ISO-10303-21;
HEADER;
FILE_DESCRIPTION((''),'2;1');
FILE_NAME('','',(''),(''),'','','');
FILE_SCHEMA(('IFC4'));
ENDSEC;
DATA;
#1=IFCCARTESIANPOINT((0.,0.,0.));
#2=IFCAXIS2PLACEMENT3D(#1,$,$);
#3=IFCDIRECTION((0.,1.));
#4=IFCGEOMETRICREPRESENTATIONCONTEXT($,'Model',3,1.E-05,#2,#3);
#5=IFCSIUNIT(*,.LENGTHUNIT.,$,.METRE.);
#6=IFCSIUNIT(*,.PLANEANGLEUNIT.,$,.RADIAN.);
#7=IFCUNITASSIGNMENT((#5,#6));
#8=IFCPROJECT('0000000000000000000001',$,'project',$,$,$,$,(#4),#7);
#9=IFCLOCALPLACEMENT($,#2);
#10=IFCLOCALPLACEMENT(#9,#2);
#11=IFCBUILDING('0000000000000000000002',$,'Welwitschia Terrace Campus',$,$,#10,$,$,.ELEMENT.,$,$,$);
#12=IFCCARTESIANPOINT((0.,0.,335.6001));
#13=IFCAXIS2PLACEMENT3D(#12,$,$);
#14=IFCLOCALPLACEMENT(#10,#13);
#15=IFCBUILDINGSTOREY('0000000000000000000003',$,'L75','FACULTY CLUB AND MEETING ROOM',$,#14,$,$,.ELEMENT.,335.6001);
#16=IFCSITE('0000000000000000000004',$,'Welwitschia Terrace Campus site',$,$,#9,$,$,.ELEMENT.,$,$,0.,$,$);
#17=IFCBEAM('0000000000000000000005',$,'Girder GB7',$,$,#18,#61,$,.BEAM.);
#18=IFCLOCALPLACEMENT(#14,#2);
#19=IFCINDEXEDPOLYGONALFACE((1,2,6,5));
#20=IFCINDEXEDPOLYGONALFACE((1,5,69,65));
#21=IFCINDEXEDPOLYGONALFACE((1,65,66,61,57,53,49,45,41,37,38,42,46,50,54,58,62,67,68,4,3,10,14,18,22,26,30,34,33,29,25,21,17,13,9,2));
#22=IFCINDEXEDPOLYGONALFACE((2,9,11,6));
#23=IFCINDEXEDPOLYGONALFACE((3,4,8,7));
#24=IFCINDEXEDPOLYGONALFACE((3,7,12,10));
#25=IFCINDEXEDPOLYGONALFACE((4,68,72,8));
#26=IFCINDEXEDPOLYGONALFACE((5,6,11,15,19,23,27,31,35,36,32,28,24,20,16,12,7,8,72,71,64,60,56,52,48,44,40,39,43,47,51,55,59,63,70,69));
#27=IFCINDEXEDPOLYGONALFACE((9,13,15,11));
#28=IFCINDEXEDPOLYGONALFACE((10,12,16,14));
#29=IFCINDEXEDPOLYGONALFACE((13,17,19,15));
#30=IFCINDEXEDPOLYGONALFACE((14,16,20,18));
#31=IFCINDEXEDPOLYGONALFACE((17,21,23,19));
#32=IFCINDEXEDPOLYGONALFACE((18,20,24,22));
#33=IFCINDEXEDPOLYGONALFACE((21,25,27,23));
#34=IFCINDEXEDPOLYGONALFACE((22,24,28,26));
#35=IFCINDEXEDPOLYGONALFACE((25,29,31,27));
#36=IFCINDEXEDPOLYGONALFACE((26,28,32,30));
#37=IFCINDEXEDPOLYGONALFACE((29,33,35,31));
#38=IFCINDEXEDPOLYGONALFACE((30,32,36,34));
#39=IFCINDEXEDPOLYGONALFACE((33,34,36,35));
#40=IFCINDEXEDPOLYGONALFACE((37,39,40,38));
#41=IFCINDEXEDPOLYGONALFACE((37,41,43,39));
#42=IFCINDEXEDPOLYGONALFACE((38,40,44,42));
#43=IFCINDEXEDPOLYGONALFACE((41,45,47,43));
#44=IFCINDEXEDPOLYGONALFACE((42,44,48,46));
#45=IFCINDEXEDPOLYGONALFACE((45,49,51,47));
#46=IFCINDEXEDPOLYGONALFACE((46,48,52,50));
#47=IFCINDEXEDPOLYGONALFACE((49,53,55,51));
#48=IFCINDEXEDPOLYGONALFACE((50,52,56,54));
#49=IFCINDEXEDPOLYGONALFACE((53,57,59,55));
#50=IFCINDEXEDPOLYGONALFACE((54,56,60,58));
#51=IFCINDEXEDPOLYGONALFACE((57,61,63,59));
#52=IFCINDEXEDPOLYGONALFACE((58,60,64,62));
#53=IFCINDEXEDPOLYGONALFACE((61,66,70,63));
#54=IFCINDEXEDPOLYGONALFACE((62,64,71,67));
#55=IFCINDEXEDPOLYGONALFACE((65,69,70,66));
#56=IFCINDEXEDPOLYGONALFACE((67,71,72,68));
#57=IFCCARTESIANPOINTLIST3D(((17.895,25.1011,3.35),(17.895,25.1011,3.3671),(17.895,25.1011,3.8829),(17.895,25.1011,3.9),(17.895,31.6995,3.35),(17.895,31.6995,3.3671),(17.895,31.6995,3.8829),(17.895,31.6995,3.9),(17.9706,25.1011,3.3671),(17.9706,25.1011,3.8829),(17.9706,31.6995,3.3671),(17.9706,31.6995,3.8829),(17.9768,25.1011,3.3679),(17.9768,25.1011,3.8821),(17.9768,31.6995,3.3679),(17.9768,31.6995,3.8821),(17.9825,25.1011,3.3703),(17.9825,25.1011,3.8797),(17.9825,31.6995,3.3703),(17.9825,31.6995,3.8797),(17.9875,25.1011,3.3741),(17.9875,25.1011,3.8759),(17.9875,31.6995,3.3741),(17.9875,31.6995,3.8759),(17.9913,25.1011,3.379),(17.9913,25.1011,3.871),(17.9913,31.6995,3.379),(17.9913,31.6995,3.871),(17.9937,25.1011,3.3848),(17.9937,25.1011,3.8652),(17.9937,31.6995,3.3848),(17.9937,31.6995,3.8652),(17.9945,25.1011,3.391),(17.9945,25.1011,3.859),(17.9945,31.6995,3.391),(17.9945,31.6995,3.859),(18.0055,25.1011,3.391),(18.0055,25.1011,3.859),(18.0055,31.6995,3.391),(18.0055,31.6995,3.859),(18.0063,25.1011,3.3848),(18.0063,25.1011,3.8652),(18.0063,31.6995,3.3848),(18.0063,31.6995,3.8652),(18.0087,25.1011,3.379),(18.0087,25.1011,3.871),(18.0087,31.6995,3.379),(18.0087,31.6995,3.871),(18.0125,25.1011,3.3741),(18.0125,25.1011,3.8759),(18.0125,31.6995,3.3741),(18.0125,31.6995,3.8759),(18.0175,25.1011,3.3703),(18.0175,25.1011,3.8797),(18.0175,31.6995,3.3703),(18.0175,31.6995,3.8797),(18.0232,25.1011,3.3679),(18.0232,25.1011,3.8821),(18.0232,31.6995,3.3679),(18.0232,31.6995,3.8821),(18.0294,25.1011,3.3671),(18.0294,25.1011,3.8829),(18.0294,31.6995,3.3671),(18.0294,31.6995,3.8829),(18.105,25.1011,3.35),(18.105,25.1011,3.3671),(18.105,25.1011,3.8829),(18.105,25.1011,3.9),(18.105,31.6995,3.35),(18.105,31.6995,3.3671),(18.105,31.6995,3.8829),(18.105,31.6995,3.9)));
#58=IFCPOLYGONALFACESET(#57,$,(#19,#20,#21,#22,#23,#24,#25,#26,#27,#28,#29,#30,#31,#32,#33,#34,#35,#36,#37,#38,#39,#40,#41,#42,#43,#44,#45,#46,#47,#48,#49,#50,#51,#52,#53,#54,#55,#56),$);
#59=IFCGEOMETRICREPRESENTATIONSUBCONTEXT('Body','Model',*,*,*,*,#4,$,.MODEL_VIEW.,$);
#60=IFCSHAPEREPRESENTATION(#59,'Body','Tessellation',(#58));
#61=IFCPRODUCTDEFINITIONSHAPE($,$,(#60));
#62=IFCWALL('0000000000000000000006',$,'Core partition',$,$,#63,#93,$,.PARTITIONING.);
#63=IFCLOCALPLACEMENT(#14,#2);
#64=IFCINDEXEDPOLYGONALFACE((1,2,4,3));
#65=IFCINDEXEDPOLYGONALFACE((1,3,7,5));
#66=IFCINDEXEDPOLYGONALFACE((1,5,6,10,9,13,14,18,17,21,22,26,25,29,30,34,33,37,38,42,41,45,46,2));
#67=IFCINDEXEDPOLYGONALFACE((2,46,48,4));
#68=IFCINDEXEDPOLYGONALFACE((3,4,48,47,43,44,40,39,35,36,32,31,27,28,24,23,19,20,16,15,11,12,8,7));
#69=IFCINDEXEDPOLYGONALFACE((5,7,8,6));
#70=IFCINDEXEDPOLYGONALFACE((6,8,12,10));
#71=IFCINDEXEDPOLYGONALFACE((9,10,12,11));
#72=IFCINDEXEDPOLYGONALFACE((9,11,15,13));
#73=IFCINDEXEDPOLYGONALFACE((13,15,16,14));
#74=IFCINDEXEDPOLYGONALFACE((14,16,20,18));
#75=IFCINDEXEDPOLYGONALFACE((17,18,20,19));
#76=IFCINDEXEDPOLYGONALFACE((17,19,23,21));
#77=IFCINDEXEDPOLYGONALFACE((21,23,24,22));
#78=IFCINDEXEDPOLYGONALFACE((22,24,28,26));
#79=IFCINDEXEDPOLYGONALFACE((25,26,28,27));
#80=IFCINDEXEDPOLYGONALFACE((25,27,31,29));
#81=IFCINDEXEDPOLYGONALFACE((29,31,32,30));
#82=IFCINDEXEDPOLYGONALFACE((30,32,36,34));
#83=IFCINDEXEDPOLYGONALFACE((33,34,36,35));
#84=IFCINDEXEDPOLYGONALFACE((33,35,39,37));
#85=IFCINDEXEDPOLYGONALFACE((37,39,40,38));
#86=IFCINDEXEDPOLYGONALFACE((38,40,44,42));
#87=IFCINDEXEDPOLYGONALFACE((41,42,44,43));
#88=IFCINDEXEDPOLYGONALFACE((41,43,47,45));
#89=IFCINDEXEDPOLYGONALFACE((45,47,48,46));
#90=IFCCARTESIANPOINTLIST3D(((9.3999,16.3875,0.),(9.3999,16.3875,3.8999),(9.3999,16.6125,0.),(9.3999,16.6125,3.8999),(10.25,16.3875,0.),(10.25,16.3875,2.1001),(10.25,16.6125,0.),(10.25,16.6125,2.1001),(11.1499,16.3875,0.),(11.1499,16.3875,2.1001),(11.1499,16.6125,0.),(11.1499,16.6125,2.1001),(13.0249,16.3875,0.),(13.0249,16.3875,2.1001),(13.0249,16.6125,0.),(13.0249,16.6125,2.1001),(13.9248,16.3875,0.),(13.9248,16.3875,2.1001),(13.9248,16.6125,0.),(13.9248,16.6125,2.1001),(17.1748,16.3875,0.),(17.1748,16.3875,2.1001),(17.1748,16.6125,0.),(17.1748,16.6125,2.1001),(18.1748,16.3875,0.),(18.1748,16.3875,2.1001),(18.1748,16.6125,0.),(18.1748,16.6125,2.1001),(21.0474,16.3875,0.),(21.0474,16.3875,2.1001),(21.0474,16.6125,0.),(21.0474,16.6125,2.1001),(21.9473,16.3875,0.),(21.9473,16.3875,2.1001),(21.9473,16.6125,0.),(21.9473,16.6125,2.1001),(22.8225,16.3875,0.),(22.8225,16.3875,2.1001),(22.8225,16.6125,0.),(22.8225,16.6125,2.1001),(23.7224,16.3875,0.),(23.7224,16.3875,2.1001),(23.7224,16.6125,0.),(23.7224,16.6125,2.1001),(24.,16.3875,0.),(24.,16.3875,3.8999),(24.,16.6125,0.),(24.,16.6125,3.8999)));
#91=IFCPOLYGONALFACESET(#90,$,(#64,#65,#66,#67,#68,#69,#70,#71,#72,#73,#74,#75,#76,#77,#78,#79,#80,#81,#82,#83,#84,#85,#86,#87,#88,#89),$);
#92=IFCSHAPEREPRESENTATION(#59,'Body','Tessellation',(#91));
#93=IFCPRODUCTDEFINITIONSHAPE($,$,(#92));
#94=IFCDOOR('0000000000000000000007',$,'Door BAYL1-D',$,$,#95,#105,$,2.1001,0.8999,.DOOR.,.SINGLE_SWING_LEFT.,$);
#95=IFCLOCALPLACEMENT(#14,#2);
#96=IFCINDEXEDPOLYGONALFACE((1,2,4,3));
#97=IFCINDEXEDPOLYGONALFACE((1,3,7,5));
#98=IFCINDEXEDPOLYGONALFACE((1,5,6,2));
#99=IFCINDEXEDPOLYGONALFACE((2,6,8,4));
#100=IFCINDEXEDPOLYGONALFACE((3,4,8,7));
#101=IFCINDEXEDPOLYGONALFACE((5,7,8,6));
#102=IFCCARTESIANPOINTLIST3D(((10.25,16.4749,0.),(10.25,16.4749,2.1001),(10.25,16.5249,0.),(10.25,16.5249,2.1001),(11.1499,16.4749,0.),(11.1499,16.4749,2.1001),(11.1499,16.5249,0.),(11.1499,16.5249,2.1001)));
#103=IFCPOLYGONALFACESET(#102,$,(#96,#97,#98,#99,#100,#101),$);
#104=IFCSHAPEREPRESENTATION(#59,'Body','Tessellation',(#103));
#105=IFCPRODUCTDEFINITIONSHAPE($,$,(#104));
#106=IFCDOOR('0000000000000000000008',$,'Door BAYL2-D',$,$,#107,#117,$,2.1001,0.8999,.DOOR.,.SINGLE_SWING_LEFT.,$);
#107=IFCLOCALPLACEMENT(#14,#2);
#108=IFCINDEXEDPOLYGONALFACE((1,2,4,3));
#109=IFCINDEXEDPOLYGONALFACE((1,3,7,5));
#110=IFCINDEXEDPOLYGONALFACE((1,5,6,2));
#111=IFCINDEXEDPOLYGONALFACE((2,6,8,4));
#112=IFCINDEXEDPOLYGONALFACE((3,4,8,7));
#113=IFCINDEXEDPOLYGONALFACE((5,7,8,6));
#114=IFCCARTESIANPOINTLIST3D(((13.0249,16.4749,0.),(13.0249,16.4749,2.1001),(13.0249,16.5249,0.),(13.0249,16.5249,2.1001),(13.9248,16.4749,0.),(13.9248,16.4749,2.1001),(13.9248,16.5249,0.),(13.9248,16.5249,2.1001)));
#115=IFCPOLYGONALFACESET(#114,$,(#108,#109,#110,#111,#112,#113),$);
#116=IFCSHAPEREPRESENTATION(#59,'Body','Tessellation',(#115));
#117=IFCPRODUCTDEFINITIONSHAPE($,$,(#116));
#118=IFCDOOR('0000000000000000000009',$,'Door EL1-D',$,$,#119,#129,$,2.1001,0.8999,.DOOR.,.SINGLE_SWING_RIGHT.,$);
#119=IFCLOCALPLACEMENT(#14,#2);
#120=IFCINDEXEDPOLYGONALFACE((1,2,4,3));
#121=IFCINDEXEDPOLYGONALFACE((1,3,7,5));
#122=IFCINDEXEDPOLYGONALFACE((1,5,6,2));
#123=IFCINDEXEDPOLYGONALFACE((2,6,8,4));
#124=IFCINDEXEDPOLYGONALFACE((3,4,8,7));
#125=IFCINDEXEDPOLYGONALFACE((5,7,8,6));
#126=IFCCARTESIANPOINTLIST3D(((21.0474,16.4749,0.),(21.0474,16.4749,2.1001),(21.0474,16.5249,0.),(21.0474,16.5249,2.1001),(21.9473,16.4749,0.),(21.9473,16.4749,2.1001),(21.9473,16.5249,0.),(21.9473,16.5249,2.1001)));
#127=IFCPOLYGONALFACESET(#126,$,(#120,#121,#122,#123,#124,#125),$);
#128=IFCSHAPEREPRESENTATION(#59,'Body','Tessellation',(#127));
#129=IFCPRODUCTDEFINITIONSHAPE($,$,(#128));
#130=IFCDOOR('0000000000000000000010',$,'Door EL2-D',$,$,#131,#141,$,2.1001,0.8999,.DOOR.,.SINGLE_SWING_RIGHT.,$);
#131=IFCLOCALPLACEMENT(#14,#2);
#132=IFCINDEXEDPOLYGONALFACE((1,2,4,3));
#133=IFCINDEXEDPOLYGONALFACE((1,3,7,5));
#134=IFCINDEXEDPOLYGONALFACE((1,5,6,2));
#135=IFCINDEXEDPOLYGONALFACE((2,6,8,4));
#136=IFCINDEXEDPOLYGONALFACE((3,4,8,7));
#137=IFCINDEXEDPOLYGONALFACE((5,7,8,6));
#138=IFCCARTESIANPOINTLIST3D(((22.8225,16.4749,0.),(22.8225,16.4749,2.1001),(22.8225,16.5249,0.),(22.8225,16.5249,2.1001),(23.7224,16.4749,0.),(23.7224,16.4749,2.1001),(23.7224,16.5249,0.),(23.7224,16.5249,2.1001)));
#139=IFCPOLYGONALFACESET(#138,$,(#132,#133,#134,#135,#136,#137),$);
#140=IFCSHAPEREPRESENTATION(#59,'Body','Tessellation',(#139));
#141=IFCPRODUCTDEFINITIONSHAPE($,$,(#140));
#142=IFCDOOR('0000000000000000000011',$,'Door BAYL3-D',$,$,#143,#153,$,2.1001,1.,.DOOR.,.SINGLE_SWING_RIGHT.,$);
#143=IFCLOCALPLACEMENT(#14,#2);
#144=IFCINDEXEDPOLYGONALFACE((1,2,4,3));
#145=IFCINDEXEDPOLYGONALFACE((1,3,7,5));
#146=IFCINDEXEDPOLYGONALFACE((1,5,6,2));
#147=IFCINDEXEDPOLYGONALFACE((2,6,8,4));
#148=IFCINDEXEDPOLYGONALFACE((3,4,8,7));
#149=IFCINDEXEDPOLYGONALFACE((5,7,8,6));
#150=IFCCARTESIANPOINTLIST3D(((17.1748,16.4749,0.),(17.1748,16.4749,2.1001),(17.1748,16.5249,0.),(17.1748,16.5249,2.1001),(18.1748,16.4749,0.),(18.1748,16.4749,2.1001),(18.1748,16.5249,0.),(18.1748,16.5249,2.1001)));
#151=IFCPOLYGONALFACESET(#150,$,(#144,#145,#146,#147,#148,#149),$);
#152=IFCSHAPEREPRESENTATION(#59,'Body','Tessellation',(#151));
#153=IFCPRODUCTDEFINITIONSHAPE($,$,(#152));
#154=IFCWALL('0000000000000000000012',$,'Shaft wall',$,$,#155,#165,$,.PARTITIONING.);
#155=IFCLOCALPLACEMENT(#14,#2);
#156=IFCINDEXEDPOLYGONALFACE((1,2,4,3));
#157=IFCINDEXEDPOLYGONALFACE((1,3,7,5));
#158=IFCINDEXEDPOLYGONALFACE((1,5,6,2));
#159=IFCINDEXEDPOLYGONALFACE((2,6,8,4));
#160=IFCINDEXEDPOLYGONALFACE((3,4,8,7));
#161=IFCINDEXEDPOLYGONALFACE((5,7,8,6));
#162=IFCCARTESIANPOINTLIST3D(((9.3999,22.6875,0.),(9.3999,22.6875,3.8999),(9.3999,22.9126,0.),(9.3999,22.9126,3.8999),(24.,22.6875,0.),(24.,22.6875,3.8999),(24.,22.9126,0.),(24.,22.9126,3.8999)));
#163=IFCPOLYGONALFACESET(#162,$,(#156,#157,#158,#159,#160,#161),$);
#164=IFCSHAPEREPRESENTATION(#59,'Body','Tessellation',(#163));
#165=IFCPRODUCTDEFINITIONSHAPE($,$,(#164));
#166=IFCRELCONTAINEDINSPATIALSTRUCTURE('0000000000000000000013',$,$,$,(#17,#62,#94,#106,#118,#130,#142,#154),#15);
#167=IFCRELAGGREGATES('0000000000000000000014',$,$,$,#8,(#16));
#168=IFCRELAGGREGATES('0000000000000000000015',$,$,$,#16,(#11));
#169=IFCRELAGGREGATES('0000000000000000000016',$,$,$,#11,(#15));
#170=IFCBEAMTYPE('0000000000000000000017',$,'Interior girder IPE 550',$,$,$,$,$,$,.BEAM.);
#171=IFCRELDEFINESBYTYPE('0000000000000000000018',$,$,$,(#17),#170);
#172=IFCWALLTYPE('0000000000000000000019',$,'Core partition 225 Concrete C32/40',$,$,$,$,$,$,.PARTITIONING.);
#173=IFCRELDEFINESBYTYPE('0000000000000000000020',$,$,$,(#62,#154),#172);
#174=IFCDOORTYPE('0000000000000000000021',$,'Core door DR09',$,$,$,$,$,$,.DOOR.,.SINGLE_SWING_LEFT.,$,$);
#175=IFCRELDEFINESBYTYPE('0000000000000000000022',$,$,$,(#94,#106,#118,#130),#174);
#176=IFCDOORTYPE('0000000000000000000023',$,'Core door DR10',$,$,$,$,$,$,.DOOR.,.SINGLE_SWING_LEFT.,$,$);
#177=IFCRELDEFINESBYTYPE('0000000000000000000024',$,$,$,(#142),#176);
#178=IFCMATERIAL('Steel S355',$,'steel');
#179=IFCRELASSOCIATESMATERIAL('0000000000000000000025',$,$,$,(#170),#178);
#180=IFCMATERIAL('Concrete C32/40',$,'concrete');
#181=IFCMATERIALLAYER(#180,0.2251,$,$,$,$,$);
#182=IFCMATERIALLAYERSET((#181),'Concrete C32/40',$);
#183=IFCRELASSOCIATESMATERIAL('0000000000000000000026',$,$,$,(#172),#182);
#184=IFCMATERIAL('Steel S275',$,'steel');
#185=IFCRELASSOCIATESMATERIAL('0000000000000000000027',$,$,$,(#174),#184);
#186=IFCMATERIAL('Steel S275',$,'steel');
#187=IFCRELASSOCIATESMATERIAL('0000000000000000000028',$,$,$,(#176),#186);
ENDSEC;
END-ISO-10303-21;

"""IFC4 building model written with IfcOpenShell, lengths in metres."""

from ifc_helpers import new_model, si_unit, direction, frame, frame_2d, origin, origin_2d, place, context, subcontext, project, spatial, rectangle, i_section, extrude, material, layer, layer_set, material_profile, profile_set, type_object, element, fill, save


model = new_model("IFC4")

# Units and contexts
model_context = context("Model", 3, precision=1e-05, world=origin(), true_north=direction((0.0, 1.0)))
body_context = subcontext(model_context, "Body", "Model", "MODEL_VIEW")
ifc_project = project(units=[si_unit("LENGTHUNIT", "METRE"), si_unit("PLANEANGLEUNIT", "RADIAN")], contexts=[model_context])

# Site, building, storey
site_placement = place(None, origin())
site = spatial("IfcSite", under=ifc_project, at=site_placement, Name="Welwitschia Terrace Campus site", CompositionType="ELEMENT", RefElevation=0.0)
building_placement = place(site_placement, origin())
building = spatial("IfcBuilding", under=site, at=building_placement, Name="Welwitschia Terrace Campus", CompositionType="ELEMENT")
storey_placement = place(building_placement, frame((0.0, 0.0, 335.6001)))
storey = spatial("IfcBuildingStorey", under=building, at=storey_placement, Name="L75", Description="FACULTY CLUB AND MEETING ROOM", CompositionType="ELEMENT", Elevation=335.6001)

# Beam
ifc_material_1 = material(Name="Steel S355", Category="steel")
ifc_material_profile = material_profile(ifc_material_1, i_section(OverallWidth=0.21, OverallDepth=0.55, WebThickness=0.011, FlangeThickness=0.0171, FilletRadius=0.0239, at=origin_2d()))
ifc_profile_set = profile_set([ifc_material_profile], Name="Steel S355")
beam_type = type_object("IfcBeamType", Name="Interior girder IPE 550", PredefinedType="BEAM", material=ifc_profile_set)
beam_placement = place(storey_placement, frame((18.0, 25.1011, 3.625), z_axis=(0.0, 1.0, 0.0), x_axis=(-1.0, 0.0, 0.0)))
element("IfcBeam", 1, at=beam_placement, inside=storey, type_object=beam_type, Name="Girder GB7", PredefinedType="BEAM", context=body_context, shape_type="SweptSolid", body=[
    extrude(i_section(OverallWidth=0.21, OverallDepth=0.55, WebThickness=0.011, FlangeThickness=0.0171, FilletRadius=0.0239, at=origin_2d()), origin(), (0.0, 0.0, 1.0), 6.5984),
])

# Wall, openings, doors
ifc_material_2 = material(Name="Concrete C32/40", Category="concrete")
ifc_layer_1 = layer(ifc_material_2, 0.2251)
ifc_layer_set_1 = layer_set([ifc_layer_1], Name="Concrete C32/40")
wall_type_1 = type_object("IfcWallType", Name="Core partition 225 Concrete C32/40", PredefinedType="PARTITIONING", material=ifc_layer_set_1)
wall_1_placement = place(storey_placement, frame((9.3999, 16.5, 0.0), z_axis=(0.0, 0.0, 1.0), x_axis=(1.0, 0.0, 0.0)))
wall_1 = element("IfcWall", 2, at=wall_1_placement, inside=storey, type_object=wall_type_1, Name="Core partition", PredefinedType="PARTITIONING", context=body_context, shape_type="SweptSolid", body=[
    extrude(rectangle(XDim=14.6001, YDim=0.2251, at=frame_2d((7.3, 0.0))), origin(), (0.0, 0.0, 1.0), 3.8999),
])
opening_1_placement = place(wall_1_placement, frame((0.8501, 0.0, 0.0)))
opening_1 = element("IfcOpeningElement", 3, at=opening_1_placement, cuts=wall_1, PredefinedType="OPENING", context=body_context, shape_type="SweptSolid", body=[
    extrude(rectangle(XDim=0.8999, YDim=2.1001, at=frame_2d((0.45, 1.05))), frame((0.0, 0.1226, 0.0), z_axis=(0.0, -1.0, 0.0), x_axis=(1.0, 0.0, 0.0)), (0.0, 0.0, 1.0), 0.2451),
])
opening_2_placement = place(wall_1_placement, frame((3.625, 0.0, 0.0)))
opening_2 = element("IfcOpeningElement", 4, at=opening_2_placement, cuts=wall_1, PredefinedType="OPENING", context=body_context, shape_type="SweptSolid", body=[
    extrude(rectangle(XDim=0.8999, YDim=2.1001, at=frame_2d((0.45, 1.05))), frame((0.0, 0.1226, 0.0), z_axis=(0.0, -1.0, 0.0), x_axis=(1.0, 0.0, 0.0)), (0.0, 0.0, 1.0), 0.2451),
])
opening_3_placement = place(wall_1_placement, frame((7.7749, 0.0, 0.0)))
opening_3 = element("IfcOpeningElement", 5, at=opening_3_placement, cuts=wall_1, PredefinedType="OPENING", context=body_context, shape_type="SweptSolid", body=[
    extrude(rectangle(XDim=1.0, YDim=2.1001, at=frame_2d((0.5, 1.05))), frame((0.0, 0.1226, 0.0), z_axis=(0.0, -1.0, 0.0), x_axis=(1.0, 0.0, 0.0)), (0.0, 0.0, 1.0), 0.2451),
])
opening_4_placement = place(wall_1_placement, frame((11.6475, 0.0, 0.0)))
opening_4 = element("IfcOpeningElement", 6, at=opening_4_placement, cuts=wall_1, PredefinedType="OPENING", context=body_context, shape_type="SweptSolid", body=[
    extrude(rectangle(XDim=0.8999, YDim=2.1001, at=frame_2d((0.45, 1.05))), frame((0.0, 0.1226, 0.0), z_axis=(0.0, -1.0, 0.0), x_axis=(1.0, 0.0, 0.0)), (0.0, 0.0, 1.0), 0.2451),
])
opening_5_placement = place(wall_1_placement, frame((13.4226, 0.0, 0.0)))
opening_5 = element("IfcOpeningElement", 7, at=opening_5_placement, cuts=wall_1, PredefinedType="OPENING", context=body_context, shape_type="SweptSolid", body=[
    extrude(rectangle(XDim=0.8999, YDim=2.1001, at=frame_2d((0.45, 1.05))), frame((0.0, 0.1226, 0.0), z_axis=(0.0, -1.0, 0.0), x_axis=(1.0, 0.0, 0.0)), (0.0, 0.0, 1.0), 0.2451),
])
ifc_material_3 = material(Name="Steel S275", Category="steel")
door_type_1 = type_object("IfcDoorType", Name="Core door DR09", OperationType="SINGLE_SWING_LEFT", PredefinedType="DOOR", material=ifc_material_3)
door_1_placement = place(opening_1_placement, origin())
door_1 = element("IfcDoor", 8, at=door_1_placement, inside=storey, type_object=door_type_1, Name="Door BAYL1-D", OperationType="SINGLE_SWING_LEFT", OverallHeight=2.1001, OverallWidth=0.8999, PredefinedType="DOOR", context=body_context, shape_type="SweptSolid", body=[
    extrude(rectangle(XDim=0.8999, YDim=2.1001, at=frame_2d((0.45, 1.05))), frame((0.0, 0.0249, 0.0), z_axis=(0.0, -1.0, 0.0), x_axis=(1.0, 0.0, 0.0)), (0.0, 0.0, 1.0), 0.05),
])
fill(opening_1, door_1)
door_2_placement = place(opening_2_placement, origin())
door_2 = element("IfcDoor", 9, at=door_2_placement, inside=storey, type_object=door_type_1, Name="Door BAYL2-D", OperationType="SINGLE_SWING_LEFT", OverallHeight=2.1001, OverallWidth=0.8999, PredefinedType="DOOR", context=body_context, shape_type="SweptSolid", body=[
    extrude(rectangle(XDim=0.8999, YDim=2.1001, at=frame_2d((0.45, 1.05))), frame((0.0, 0.0249, 0.0), z_axis=(0.0, -1.0, 0.0), x_axis=(1.0, 0.0, 0.0)), (0.0, 0.0, 1.0), 0.05),
])
fill(opening_2, door_2)
door_3_placement = place(opening_4_placement, origin())
door_3 = element("IfcDoor", 10, at=door_3_placement, inside=storey, type_object=door_type_1, Name="Door EL1-D", OperationType="SINGLE_SWING_RIGHT", OverallHeight=2.1001, OverallWidth=0.8999, PredefinedType="DOOR", context=body_context, shape_type="SweptSolid", body=[
    extrude(rectangle(XDim=0.8999, YDim=2.1001, at=frame_2d((0.45, 1.05))), frame((0.0, 0.0249, 0.0), z_axis=(0.0, -1.0, 0.0), x_axis=(1.0, 0.0, 0.0)), (0.0, 0.0, 1.0), 0.05),
])
fill(opening_4, door_3)
door_4_placement = place(opening_5_placement, origin())
door_4 = element("IfcDoor", 11, at=door_4_placement, inside=storey, type_object=door_type_1, Name="Door EL2-D", OperationType="SINGLE_SWING_RIGHT", OverallHeight=2.1001, OverallWidth=0.8999, PredefinedType="DOOR", context=body_context, shape_type="SweptSolid", body=[
    extrude(rectangle(XDim=0.8999, YDim=2.1001, at=frame_2d((0.45, 1.05))), frame((0.0, 0.0249, 0.0), z_axis=(0.0, -1.0, 0.0), x_axis=(1.0, 0.0, 0.0)), (0.0, 0.0, 1.0), 0.05),
])
fill(opening_5, door_4)
ifc_material_4 = material(Name="Steel S275", Category="steel")
door_type_2 = type_object("IfcDoorType", Name="Core door DR10", OperationType="SINGLE_SWING_LEFT", PredefinedType="DOOR", material=ifc_material_4)
door_5_placement = place(opening_3_placement, origin())
door_5 = element("IfcDoor", 12, at=door_5_placement, inside=storey, type_object=door_type_2, Name="Door BAYL3-D", OperationType="SINGLE_SWING_RIGHT", OverallHeight=2.1001, OverallWidth=1.0, PredefinedType="DOOR", context=body_context, shape_type="SweptSolid", body=[
    extrude(rectangle(XDim=1.0, YDim=2.1001, at=frame_2d((0.5, 1.05))), frame((0.0, 0.0249, 0.0), z_axis=(0.0, -1.0, 0.0), x_axis=(1.0, 0.0, 0.0)), (0.0, 0.0, 1.0), 0.05),
])
fill(opening_3, door_5)

# Wall
wall_2_placement = place(storey_placement, frame((9.3999, 22.8, 0.0), z_axis=(0.0, 0.0, 1.0), x_axis=(1.0, 0.0, 0.0)))
element("IfcWall", 13, at=wall_2_placement, inside=storey, type_object=wall_type_1, Name="Shaft wall", PredefinedType="PARTITIONING", context=body_context, shape_type="SweptSolid", body=[
    extrude(rectangle(XDim=14.6001, YDim=0.2251, at=frame_2d((7.3, 0.0))), origin(), (0.0, 0.0, 1.0), 3.8999),
])

save(model, "model.ifc")
